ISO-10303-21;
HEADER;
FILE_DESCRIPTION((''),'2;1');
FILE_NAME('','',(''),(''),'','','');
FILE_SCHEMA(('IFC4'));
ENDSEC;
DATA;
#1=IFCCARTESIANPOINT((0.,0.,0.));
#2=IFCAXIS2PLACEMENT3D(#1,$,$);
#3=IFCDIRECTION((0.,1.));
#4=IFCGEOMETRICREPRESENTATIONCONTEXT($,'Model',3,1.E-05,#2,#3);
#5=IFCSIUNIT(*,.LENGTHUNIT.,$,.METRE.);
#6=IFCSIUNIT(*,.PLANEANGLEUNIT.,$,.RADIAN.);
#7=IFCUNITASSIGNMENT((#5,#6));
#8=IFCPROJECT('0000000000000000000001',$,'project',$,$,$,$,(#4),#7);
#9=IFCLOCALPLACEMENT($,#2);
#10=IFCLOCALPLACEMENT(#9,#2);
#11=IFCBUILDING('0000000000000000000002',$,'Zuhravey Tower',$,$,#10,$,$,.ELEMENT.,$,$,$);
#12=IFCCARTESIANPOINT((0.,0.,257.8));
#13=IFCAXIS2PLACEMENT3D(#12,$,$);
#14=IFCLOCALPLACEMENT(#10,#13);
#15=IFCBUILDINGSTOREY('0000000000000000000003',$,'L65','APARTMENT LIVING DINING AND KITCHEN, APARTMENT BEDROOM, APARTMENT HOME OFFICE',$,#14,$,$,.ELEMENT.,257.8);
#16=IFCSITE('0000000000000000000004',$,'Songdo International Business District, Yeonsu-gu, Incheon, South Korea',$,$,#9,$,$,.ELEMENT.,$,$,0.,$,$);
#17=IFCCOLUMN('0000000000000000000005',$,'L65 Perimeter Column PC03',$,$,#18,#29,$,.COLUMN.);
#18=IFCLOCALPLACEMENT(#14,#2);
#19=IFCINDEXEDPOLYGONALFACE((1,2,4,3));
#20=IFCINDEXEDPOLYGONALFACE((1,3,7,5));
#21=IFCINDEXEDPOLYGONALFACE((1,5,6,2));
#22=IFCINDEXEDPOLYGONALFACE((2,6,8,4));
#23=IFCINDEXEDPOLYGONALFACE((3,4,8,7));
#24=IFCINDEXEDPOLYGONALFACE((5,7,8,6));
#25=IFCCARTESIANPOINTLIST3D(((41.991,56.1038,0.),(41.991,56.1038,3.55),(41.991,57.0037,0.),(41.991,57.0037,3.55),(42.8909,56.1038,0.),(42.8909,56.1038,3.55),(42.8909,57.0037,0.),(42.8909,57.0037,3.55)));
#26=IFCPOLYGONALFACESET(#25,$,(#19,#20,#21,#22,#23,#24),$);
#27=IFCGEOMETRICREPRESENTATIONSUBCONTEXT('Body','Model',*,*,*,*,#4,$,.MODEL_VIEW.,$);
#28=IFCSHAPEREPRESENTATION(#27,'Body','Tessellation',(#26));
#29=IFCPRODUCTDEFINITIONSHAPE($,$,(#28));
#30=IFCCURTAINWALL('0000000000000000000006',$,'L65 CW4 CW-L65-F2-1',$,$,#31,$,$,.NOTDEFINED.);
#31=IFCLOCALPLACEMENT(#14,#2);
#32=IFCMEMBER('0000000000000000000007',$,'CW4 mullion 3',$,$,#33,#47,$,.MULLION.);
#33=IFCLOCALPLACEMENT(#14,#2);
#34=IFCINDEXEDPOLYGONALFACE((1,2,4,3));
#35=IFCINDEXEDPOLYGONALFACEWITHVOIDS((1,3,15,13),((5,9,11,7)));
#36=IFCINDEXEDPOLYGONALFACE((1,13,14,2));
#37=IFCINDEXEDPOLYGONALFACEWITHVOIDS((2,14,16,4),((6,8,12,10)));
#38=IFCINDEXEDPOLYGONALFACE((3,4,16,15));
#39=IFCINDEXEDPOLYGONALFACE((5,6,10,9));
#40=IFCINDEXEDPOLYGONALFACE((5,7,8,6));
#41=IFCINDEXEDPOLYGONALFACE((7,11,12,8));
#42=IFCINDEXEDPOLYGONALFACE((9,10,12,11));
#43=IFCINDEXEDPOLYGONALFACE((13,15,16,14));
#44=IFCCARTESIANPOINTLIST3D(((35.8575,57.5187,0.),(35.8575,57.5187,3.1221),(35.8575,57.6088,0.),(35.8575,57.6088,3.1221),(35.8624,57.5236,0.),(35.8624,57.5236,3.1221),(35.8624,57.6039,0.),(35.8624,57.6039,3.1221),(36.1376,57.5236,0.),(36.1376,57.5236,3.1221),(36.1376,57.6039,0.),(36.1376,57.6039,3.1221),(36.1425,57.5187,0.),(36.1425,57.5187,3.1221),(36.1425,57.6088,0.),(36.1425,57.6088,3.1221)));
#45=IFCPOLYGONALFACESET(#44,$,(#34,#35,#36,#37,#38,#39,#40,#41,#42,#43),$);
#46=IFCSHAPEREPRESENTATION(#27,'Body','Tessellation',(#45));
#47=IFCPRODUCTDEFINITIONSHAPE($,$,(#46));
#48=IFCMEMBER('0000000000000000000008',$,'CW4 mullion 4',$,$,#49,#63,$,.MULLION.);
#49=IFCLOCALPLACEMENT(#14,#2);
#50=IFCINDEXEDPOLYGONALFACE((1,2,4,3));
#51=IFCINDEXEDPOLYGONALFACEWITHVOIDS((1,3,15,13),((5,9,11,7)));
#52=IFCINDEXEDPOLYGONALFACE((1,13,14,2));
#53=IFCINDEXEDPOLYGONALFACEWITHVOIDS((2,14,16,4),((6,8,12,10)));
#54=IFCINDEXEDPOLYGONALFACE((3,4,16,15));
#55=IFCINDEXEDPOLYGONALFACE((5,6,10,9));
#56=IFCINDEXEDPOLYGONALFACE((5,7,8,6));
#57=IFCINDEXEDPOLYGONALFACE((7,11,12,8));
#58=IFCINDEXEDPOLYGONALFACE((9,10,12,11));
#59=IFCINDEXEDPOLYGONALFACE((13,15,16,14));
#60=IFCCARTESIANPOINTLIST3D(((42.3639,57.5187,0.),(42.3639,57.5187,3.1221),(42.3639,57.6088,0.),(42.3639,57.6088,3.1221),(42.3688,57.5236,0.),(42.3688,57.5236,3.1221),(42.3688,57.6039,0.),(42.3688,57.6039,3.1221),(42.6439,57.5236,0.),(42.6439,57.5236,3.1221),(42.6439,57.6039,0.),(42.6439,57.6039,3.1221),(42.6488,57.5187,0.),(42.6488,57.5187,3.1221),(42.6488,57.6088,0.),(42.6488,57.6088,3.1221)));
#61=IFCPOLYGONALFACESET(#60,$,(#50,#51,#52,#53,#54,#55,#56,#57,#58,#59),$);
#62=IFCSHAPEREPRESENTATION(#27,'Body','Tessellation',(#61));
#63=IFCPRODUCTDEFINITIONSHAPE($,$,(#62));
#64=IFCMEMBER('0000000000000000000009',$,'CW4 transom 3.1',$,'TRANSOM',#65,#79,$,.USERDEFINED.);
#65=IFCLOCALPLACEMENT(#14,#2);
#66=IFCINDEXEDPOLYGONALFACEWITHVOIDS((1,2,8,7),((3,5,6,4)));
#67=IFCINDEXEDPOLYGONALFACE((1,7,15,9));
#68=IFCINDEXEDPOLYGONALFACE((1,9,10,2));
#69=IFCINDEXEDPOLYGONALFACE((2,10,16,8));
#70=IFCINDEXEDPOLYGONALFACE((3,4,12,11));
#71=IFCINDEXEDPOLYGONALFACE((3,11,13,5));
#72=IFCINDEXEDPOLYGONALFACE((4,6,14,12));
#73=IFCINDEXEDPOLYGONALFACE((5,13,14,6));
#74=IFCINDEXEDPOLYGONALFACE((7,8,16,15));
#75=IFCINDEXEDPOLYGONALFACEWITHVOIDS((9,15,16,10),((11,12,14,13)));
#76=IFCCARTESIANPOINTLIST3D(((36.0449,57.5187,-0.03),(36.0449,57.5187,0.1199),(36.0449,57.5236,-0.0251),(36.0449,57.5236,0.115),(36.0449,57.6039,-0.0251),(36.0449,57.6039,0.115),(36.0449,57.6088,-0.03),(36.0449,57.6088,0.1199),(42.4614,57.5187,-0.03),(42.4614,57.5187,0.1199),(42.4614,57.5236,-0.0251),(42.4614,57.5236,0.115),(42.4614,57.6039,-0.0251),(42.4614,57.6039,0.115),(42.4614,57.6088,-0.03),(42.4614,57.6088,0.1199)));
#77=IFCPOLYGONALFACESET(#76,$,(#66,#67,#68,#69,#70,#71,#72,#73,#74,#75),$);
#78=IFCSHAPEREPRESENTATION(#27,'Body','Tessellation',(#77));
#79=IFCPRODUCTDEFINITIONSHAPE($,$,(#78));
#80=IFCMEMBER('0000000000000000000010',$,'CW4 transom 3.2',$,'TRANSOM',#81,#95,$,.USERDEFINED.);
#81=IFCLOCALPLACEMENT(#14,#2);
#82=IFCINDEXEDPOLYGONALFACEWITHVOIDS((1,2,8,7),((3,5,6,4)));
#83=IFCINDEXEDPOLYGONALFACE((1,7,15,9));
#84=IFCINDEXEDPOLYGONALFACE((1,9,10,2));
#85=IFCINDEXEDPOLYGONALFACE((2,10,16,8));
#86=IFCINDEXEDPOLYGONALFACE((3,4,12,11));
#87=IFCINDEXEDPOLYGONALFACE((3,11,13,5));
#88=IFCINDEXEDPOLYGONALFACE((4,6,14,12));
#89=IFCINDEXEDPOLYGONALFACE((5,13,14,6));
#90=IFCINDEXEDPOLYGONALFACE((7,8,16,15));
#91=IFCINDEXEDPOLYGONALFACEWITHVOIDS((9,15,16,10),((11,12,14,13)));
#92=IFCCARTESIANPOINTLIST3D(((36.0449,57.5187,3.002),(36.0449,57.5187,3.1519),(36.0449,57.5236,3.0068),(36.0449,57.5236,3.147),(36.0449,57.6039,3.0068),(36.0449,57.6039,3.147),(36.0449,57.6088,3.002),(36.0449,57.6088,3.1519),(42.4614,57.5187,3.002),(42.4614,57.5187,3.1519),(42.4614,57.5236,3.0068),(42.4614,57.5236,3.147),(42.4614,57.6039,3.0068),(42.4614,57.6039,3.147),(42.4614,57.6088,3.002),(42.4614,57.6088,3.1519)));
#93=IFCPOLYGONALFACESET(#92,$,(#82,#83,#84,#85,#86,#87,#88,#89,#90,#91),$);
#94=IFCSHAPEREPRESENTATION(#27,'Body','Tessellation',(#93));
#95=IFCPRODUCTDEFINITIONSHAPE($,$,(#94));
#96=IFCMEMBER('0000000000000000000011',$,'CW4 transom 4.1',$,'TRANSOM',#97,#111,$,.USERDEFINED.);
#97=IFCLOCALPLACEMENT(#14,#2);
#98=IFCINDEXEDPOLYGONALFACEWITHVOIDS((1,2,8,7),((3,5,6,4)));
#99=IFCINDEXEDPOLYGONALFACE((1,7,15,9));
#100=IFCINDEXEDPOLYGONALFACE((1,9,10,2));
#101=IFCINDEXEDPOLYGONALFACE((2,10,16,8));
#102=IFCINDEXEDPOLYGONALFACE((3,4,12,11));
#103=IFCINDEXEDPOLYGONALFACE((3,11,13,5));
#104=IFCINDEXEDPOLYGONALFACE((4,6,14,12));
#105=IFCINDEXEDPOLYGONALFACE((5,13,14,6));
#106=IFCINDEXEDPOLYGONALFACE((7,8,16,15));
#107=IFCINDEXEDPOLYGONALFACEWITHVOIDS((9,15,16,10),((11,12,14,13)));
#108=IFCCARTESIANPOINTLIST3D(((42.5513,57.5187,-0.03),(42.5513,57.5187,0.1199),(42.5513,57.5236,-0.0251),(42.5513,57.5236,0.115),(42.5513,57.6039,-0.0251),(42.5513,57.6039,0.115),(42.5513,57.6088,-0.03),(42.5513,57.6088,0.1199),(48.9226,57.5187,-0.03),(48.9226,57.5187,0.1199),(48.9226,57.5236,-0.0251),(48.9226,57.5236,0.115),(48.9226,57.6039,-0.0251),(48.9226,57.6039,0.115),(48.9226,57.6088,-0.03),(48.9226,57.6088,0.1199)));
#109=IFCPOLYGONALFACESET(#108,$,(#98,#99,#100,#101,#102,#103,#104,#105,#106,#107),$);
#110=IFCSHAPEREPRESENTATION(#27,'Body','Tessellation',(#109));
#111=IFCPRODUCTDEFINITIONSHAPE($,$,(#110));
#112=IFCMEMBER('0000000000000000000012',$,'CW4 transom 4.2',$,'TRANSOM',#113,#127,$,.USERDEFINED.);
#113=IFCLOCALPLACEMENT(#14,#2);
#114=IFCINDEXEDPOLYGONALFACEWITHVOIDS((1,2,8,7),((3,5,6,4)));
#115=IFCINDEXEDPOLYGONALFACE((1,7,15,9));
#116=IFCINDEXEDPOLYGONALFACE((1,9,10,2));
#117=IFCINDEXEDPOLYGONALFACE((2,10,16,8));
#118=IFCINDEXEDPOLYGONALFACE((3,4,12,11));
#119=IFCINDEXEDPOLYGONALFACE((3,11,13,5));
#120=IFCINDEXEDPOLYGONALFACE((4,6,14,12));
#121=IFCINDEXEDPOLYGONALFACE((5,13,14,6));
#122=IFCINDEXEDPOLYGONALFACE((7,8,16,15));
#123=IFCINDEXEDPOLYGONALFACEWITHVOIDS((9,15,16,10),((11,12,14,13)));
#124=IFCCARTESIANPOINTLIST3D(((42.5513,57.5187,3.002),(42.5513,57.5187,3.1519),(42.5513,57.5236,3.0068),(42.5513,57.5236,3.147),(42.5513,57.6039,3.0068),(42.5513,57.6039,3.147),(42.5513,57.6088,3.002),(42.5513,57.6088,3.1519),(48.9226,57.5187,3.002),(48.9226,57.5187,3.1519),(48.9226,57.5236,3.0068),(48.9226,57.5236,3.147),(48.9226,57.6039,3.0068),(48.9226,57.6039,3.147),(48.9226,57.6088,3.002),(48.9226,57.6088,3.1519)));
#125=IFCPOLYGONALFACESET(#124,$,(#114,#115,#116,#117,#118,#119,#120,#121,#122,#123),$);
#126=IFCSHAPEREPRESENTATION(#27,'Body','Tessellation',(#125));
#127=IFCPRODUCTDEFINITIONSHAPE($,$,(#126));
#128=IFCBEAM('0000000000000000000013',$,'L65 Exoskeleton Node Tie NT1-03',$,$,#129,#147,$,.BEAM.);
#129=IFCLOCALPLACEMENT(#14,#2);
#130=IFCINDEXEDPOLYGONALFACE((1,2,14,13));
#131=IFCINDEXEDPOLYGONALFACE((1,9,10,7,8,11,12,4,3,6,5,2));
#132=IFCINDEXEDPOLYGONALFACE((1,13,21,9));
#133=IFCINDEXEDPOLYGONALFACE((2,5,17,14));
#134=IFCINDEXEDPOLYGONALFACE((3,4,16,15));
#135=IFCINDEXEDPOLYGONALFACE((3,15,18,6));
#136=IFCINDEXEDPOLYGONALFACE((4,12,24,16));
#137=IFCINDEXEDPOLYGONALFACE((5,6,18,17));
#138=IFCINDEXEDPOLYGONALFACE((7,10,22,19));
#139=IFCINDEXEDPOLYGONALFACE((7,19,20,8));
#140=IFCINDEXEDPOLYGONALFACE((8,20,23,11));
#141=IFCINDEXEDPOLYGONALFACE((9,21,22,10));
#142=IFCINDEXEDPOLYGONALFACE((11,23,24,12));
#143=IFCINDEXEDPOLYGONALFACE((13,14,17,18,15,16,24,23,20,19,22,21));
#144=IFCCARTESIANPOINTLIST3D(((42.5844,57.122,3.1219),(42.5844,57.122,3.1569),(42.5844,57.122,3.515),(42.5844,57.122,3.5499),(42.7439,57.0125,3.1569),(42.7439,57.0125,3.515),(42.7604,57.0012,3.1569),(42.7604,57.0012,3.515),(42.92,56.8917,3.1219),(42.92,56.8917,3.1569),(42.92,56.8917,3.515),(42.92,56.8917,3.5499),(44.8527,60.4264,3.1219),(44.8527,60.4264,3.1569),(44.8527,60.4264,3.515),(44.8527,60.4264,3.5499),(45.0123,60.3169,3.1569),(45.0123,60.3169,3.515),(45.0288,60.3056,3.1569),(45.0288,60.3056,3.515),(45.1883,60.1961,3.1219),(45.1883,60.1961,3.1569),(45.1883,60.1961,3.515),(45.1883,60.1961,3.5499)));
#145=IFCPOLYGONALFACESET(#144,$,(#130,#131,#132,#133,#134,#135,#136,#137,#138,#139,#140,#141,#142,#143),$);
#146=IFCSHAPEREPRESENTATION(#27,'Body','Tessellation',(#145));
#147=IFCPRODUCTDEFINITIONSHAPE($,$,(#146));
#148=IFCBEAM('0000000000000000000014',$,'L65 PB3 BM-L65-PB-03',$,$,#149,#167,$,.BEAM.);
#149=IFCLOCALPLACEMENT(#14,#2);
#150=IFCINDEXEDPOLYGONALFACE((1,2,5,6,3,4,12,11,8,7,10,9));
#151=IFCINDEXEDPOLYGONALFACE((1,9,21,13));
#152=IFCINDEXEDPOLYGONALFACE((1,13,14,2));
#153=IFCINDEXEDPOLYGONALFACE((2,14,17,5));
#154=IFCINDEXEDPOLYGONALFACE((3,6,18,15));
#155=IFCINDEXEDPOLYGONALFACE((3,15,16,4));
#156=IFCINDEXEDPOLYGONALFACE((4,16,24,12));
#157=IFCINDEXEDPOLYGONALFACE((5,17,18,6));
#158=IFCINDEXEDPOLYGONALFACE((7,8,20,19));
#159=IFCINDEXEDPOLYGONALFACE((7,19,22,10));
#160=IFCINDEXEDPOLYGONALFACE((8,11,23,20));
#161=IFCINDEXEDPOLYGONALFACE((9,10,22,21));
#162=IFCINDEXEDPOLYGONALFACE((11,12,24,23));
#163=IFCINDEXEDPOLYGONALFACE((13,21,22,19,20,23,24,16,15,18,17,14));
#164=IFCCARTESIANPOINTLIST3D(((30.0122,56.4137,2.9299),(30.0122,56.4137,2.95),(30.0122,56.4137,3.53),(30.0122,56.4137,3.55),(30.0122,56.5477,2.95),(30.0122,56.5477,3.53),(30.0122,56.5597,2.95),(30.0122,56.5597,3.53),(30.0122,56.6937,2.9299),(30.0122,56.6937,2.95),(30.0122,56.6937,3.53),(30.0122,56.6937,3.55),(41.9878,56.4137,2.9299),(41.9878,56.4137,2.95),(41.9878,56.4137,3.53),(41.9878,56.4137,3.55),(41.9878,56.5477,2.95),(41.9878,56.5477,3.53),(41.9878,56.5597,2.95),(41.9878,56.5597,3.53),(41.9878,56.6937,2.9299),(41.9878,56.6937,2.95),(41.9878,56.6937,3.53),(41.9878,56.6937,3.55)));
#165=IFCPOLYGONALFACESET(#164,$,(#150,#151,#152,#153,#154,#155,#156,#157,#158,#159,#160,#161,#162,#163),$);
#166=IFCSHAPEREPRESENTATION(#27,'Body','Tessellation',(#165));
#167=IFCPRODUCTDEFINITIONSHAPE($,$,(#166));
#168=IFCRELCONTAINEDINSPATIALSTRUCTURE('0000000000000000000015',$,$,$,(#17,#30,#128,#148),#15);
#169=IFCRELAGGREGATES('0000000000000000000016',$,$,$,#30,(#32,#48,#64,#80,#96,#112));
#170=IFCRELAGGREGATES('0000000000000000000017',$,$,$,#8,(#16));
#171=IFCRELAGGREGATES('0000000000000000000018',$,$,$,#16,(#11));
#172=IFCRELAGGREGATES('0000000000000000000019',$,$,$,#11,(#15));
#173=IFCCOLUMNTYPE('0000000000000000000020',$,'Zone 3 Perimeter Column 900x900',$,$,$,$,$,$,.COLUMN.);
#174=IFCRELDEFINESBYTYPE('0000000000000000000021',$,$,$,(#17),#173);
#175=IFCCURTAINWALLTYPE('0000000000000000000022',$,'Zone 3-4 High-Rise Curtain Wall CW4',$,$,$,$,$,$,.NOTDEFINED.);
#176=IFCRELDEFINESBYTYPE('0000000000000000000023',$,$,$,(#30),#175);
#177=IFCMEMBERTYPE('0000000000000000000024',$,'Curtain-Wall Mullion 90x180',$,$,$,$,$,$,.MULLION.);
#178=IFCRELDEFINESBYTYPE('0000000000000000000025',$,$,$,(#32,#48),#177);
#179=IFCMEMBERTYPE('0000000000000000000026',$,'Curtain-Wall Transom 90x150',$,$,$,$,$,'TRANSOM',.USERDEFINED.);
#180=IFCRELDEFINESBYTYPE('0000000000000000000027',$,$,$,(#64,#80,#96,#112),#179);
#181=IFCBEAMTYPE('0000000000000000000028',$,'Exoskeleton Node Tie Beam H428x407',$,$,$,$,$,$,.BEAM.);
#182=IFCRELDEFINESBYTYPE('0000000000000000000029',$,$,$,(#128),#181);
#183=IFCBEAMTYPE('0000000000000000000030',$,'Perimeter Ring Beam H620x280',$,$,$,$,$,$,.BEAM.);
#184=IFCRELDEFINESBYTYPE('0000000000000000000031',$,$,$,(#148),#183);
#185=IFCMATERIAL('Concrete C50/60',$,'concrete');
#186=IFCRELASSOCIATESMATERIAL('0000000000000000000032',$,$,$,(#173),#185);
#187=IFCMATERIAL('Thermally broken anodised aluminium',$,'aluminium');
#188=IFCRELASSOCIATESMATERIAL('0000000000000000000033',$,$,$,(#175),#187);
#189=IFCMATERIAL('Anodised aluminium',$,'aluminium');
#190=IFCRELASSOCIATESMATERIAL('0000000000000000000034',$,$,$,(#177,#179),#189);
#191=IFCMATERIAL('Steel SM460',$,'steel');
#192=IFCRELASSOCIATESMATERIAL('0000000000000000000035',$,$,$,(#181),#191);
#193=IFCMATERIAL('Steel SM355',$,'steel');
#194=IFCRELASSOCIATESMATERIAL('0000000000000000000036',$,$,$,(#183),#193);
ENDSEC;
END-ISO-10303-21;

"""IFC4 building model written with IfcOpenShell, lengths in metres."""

from ifc_helpers import new_model, si_unit, direction, frame, origin, origin_2d, place, context, subcontext, project, spatial, rectangle, hollow_rectangle, i_section, extrude, material, material_profile, profile_set, type_object, element, aggregate, save


model = new_model("IFC4")

# Units and contexts
model_context = context("Model", 3, precision=1e-05, world=origin(), true_north=direction((0.0, 1.0)))
body_context = subcontext(model_context, "Body", "Model", "MODEL_VIEW")
ifc_project = project(units=[si_unit("LENGTHUNIT", "METRE"), si_unit("PLANEANGLEUNIT", "RADIAN")], contexts=[model_context])

# Site, building, storey
site_placement = place(None, origin())
site = spatial("IfcSite", under=ifc_project, at=site_placement, Name="Songdo International Business District, Yeonsu-gu, Incheon, South Korea", CompositionType="ELEMENT", RefElevation=0.0)
building_placement = place(site_placement, origin())
building = spatial("IfcBuilding", under=site, at=building_placement, Name="Zuhravey Tower", CompositionType="ELEMENT")
storey_placement = place(building_placement, frame((0.0, 0.0, 257.8)))
storey = spatial("IfcBuildingStorey", under=building, at=storey_placement, Name="L65", Description="APARTMENT LIVING DINING AND KITCHEN, APARTMENT BEDROOM, APARTMENT HOME OFFICE", CompositionType="ELEMENT", Elevation=257.8)

# Column
ifc_material_1 = material(Name="Concrete C50/60", Category="concrete")
ifc_material_profile_1 = material_profile(ifc_material_1, rectangle(XDim=0.8999, YDim=0.8999, at=origin_2d()), Name="RC-900x900")
ifc_profile_set_1 = profile_set([ifc_material_profile_1], Name="Concrete C50/60")
column_type = type_object("IfcColumnType", Name="Zone 3 Perimeter Column 900x900", PredefinedType="COLUMN", material=ifc_profile_set_1)
column_placement = place(storey_placement, frame((42.4409, 56.5537, 0.0), z_axis=(0.0, 0.0, 1.0), x_axis=(-1.0, 0.0, 0.0)))
element("IfcColumn", 1, at=column_placement, inside=storey, type_object=column_type, Name="L65 Perimeter Column PC03", PredefinedType="COLUMN", context=body_context, shape_type="SweptSolid", body=[
    extrude(rectangle(XDim=0.8999, YDim=0.8999, at=origin_2d()), origin(), (0.0, 0.0, 1.0), 3.55),
])

# Curtain wall, members
ifc_material_2 = material(Name="Thermally broken anodised aluminium", Category="aluminium")
curtain_wall_type = type_object("IfcCurtainWallType", Name="Zone 3-4 High-Rise Curtain Wall CW4", PredefinedType="NOTDEFINED", material=ifc_material_2)
curtain_wall_placement = place(storey_placement, origin())
curtain_wall = element("IfcCurtainWall", 2, at=curtain_wall_placement, inside=storey, type_object=curtain_wall_type, Name="L65 CW4 CW-L65-F2-1", PredefinedType="NOTDEFINED")
ifc_material_3 = material(Name="Anodised aluminium", Category="aluminium")
ifc_material_profile_2 = material_profile(ifc_material_3, hollow_rectangle(XDim=0.0901, YDim=0.2849, WallThickness=0.0049, at=origin_2d()), Name="ALU-RHS-90x285x5")
ifc_profile_set_2 = profile_set([ifc_material_profile_2], Name="Anodised aluminium")
member_type_1 = type_object("IfcMemberType", Name="Curtain-Wall Mullion 90x180", PredefinedType="MULLION", material=ifc_profile_set_2)
member_1_placement = place(storey_placement, frame((36.0, 57.5637, 0.0), z_axis=(0.0, 0.0, 1.0), x_axis=(0.0, 1.0, 0.0)))
member_1 = element("IfcMember", 3, at=member_1_placement, type_object=member_type_1, Name="CW4 mullion 3", PredefinedType="MULLION", context=body_context, shape_type="SweptSolid", body=[
    extrude(hollow_rectangle(XDim=0.0901, YDim=0.2849, WallThickness=0.0049, at=origin_2d()), origin(), (0.0, 0.0, 1.0), 3.1221),
])
member_2_placement = place(storey_placement, frame((42.5063, 57.5637, 0.0), z_axis=(0.0, 0.0, 1.0), x_axis=(0.0, 1.0, 0.0)))
member_2 = element("IfcMember", 4, at=member_2_placement, type_object=member_type_1, Name="CW4 mullion 4", PredefinedType="MULLION", context=body_context, shape_type="SweptSolid", body=[
    extrude(hollow_rectangle(XDim=0.0901, YDim=0.2849, WallThickness=0.0049, at=origin_2d()), origin(), (0.0, 0.0, 1.0), 3.1221),
])
ifc_material_profile_3 = material_profile(ifc_material_3, hollow_rectangle(XDim=0.0901, YDim=0.1499, WallThickness=0.0049, at=origin_2d()), Name="ALU-RHS-90x150x5")
ifc_profile_set_3 = profile_set([ifc_material_profile_3], Name="Anodised aluminium")
member_type_2 = type_object("IfcMemberType", Name="Curtain-Wall Transom 90x150", ElementType="TRANSOM", PredefinedType="USERDEFINED", material=ifc_profile_set_3)
member_3_placement = place(storey_placement, frame((36.0449, 57.5637, 0.0449), z_axis=(1.0, 0.0, 0.0), x_axis=(0.0, 1.0, 0.0)))
member_3 = element("IfcMember", 5, at=member_3_placement, type_object=member_type_2, Name="CW4 transom 3.1", ObjectType="TRANSOM", PredefinedType="USERDEFINED", context=body_context, shape_type="SweptSolid", body=[
    extrude(hollow_rectangle(XDim=0.0901, YDim=0.1499, WallThickness=0.0049, at=origin_2d()), origin(), (0.0, 0.0, 1.0), 6.4165),
])
member_4_placement = place(storey_placement, frame((36.0449, 57.5637, 3.0769), z_axis=(1.0, 0.0, 0.0), x_axis=(0.0, 1.0, 0.0)))
member_4 = element("IfcMember", 6, at=member_4_placement, type_object=member_type_2, Name="CW4 transom 3.2", ObjectType="TRANSOM", PredefinedType="USERDEFINED", context=body_context, shape_type="SweptSolid", body=[
    extrude(hollow_rectangle(XDim=0.0901, YDim=0.1499, WallThickness=0.0049, at=origin_2d()), origin(), (0.0, 0.0, 1.0), 6.4165),
])
member_5_placement = place(storey_placement, frame((42.5513, 57.5637, 0.0449), z_axis=(1.0, 0.0, 0.0), x_axis=(0.0, 1.0, 0.0)))
member_5 = element("IfcMember", 7, at=member_5_placement, type_object=member_type_2, Name="CW4 transom 4.1", ObjectType="TRANSOM", PredefinedType="USERDEFINED", context=body_context, shape_type="SweptSolid", body=[
    extrude(hollow_rectangle(XDim=0.0901, YDim=0.1499, WallThickness=0.0049, at=origin_2d()), origin(), (0.0, 0.0, 1.0), 6.3713),
])
member_6_placement = place(storey_placement, frame((42.5513, 57.5637, 3.0769), z_axis=(1.0, 0.0, 0.0), x_axis=(0.0, 1.0, 0.0)))
member_6 = element("IfcMember", 8, at=member_6_placement, type_object=member_type_2, Name="CW4 transom 4.2", ObjectType="TRANSOM", PredefinedType="USERDEFINED", context=body_context, shape_type="SweptSolid", body=[
    extrude(hollow_rectangle(XDim=0.0901, YDim=0.1499, WallThickness=0.0049, at=origin_2d()), origin(), (0.0, 0.0, 1.0), 6.3713),
])

# Beams
ifc_material_4 = material(Name="Steel SM460", Category="steel")
ifc_material_profile_4 = material_profile(ifc_material_4, i_section(OverallWidth=0.407, OverallDepth=0.428, WebThickness=0.02, FlangeThickness=0.0349, at=origin_2d()), Name="H-428x407x20x35")
ifc_profile_set_4 = profile_set([ifc_material_profile_4], Name="Steel SM460")
beam_type_1 = type_object("IfcBeamType", Name="Exoskeleton Node Tie Beam H428x407", PredefinedType="BEAM", material=ifc_profile_set_4)
beam_1_placement = place(storey_placement, frame((42.7522, 57.0068, 3.3359), z_axis=(0.565937, 0.824449, 0.0), x_axis=(-0.824449, 0.565937, 0.0)))
element("IfcBeam", 9, at=beam_1_placement, inside=storey, type_object=beam_type_1, Name="L65 Exoskeleton Node Tie NT1-03", PredefinedType="BEAM", context=body_context, shape_type="SweptSolid", body=[
    extrude(i_section(OverallWidth=0.407, OverallDepth=0.428, WebThickness=0.02, FlangeThickness=0.0349, at=origin_2d()), origin(), (0.0, 0.0, 1.0), 4.0081),
])
ifc_material_5 = material(Name="Steel SM355", Category="steel")
ifc_material_profile_5 = material_profile(ifc_material_5, i_section(OverallWidth=0.28, OverallDepth=0.6201, WebThickness=0.012, FlangeThickness=0.02, at=origin_2d()), Name="H-620x280x12x20")
ifc_profile_set_5 = profile_set([ifc_material_profile_5], Name="Steel SM355")
beam_type_2 = type_object("IfcBeamType", Name="Perimeter Ring Beam H620x280", PredefinedType="BEAM", material=ifc_profile_set_5)
beam_2_placement = place(storey_placement, frame((41.9878, 56.5537, 3.24), z_axis=(-1.0, 0.0, 0.0), x_axis=(0.0, -1.0, 0.0)))
element("IfcBeam", 10, at=beam_2_placement, inside=storey, type_object=beam_type_2, Name="L65 PB3 BM-L65-PB-03", PredefinedType="BEAM", context=body_context, shape_type="SweptSolid", body=[
    extrude(i_section(OverallWidth=0.28, OverallDepth=0.6201, WebThickness=0.012, FlangeThickness=0.02, at=origin_2d()), origin(), (0.0, 0.0, 1.0), 11.9756),
])

aggregate(curtain_wall, [member_1, member_2, member_3, member_4, member_5, member_6])

save(model, "model.ifc")
